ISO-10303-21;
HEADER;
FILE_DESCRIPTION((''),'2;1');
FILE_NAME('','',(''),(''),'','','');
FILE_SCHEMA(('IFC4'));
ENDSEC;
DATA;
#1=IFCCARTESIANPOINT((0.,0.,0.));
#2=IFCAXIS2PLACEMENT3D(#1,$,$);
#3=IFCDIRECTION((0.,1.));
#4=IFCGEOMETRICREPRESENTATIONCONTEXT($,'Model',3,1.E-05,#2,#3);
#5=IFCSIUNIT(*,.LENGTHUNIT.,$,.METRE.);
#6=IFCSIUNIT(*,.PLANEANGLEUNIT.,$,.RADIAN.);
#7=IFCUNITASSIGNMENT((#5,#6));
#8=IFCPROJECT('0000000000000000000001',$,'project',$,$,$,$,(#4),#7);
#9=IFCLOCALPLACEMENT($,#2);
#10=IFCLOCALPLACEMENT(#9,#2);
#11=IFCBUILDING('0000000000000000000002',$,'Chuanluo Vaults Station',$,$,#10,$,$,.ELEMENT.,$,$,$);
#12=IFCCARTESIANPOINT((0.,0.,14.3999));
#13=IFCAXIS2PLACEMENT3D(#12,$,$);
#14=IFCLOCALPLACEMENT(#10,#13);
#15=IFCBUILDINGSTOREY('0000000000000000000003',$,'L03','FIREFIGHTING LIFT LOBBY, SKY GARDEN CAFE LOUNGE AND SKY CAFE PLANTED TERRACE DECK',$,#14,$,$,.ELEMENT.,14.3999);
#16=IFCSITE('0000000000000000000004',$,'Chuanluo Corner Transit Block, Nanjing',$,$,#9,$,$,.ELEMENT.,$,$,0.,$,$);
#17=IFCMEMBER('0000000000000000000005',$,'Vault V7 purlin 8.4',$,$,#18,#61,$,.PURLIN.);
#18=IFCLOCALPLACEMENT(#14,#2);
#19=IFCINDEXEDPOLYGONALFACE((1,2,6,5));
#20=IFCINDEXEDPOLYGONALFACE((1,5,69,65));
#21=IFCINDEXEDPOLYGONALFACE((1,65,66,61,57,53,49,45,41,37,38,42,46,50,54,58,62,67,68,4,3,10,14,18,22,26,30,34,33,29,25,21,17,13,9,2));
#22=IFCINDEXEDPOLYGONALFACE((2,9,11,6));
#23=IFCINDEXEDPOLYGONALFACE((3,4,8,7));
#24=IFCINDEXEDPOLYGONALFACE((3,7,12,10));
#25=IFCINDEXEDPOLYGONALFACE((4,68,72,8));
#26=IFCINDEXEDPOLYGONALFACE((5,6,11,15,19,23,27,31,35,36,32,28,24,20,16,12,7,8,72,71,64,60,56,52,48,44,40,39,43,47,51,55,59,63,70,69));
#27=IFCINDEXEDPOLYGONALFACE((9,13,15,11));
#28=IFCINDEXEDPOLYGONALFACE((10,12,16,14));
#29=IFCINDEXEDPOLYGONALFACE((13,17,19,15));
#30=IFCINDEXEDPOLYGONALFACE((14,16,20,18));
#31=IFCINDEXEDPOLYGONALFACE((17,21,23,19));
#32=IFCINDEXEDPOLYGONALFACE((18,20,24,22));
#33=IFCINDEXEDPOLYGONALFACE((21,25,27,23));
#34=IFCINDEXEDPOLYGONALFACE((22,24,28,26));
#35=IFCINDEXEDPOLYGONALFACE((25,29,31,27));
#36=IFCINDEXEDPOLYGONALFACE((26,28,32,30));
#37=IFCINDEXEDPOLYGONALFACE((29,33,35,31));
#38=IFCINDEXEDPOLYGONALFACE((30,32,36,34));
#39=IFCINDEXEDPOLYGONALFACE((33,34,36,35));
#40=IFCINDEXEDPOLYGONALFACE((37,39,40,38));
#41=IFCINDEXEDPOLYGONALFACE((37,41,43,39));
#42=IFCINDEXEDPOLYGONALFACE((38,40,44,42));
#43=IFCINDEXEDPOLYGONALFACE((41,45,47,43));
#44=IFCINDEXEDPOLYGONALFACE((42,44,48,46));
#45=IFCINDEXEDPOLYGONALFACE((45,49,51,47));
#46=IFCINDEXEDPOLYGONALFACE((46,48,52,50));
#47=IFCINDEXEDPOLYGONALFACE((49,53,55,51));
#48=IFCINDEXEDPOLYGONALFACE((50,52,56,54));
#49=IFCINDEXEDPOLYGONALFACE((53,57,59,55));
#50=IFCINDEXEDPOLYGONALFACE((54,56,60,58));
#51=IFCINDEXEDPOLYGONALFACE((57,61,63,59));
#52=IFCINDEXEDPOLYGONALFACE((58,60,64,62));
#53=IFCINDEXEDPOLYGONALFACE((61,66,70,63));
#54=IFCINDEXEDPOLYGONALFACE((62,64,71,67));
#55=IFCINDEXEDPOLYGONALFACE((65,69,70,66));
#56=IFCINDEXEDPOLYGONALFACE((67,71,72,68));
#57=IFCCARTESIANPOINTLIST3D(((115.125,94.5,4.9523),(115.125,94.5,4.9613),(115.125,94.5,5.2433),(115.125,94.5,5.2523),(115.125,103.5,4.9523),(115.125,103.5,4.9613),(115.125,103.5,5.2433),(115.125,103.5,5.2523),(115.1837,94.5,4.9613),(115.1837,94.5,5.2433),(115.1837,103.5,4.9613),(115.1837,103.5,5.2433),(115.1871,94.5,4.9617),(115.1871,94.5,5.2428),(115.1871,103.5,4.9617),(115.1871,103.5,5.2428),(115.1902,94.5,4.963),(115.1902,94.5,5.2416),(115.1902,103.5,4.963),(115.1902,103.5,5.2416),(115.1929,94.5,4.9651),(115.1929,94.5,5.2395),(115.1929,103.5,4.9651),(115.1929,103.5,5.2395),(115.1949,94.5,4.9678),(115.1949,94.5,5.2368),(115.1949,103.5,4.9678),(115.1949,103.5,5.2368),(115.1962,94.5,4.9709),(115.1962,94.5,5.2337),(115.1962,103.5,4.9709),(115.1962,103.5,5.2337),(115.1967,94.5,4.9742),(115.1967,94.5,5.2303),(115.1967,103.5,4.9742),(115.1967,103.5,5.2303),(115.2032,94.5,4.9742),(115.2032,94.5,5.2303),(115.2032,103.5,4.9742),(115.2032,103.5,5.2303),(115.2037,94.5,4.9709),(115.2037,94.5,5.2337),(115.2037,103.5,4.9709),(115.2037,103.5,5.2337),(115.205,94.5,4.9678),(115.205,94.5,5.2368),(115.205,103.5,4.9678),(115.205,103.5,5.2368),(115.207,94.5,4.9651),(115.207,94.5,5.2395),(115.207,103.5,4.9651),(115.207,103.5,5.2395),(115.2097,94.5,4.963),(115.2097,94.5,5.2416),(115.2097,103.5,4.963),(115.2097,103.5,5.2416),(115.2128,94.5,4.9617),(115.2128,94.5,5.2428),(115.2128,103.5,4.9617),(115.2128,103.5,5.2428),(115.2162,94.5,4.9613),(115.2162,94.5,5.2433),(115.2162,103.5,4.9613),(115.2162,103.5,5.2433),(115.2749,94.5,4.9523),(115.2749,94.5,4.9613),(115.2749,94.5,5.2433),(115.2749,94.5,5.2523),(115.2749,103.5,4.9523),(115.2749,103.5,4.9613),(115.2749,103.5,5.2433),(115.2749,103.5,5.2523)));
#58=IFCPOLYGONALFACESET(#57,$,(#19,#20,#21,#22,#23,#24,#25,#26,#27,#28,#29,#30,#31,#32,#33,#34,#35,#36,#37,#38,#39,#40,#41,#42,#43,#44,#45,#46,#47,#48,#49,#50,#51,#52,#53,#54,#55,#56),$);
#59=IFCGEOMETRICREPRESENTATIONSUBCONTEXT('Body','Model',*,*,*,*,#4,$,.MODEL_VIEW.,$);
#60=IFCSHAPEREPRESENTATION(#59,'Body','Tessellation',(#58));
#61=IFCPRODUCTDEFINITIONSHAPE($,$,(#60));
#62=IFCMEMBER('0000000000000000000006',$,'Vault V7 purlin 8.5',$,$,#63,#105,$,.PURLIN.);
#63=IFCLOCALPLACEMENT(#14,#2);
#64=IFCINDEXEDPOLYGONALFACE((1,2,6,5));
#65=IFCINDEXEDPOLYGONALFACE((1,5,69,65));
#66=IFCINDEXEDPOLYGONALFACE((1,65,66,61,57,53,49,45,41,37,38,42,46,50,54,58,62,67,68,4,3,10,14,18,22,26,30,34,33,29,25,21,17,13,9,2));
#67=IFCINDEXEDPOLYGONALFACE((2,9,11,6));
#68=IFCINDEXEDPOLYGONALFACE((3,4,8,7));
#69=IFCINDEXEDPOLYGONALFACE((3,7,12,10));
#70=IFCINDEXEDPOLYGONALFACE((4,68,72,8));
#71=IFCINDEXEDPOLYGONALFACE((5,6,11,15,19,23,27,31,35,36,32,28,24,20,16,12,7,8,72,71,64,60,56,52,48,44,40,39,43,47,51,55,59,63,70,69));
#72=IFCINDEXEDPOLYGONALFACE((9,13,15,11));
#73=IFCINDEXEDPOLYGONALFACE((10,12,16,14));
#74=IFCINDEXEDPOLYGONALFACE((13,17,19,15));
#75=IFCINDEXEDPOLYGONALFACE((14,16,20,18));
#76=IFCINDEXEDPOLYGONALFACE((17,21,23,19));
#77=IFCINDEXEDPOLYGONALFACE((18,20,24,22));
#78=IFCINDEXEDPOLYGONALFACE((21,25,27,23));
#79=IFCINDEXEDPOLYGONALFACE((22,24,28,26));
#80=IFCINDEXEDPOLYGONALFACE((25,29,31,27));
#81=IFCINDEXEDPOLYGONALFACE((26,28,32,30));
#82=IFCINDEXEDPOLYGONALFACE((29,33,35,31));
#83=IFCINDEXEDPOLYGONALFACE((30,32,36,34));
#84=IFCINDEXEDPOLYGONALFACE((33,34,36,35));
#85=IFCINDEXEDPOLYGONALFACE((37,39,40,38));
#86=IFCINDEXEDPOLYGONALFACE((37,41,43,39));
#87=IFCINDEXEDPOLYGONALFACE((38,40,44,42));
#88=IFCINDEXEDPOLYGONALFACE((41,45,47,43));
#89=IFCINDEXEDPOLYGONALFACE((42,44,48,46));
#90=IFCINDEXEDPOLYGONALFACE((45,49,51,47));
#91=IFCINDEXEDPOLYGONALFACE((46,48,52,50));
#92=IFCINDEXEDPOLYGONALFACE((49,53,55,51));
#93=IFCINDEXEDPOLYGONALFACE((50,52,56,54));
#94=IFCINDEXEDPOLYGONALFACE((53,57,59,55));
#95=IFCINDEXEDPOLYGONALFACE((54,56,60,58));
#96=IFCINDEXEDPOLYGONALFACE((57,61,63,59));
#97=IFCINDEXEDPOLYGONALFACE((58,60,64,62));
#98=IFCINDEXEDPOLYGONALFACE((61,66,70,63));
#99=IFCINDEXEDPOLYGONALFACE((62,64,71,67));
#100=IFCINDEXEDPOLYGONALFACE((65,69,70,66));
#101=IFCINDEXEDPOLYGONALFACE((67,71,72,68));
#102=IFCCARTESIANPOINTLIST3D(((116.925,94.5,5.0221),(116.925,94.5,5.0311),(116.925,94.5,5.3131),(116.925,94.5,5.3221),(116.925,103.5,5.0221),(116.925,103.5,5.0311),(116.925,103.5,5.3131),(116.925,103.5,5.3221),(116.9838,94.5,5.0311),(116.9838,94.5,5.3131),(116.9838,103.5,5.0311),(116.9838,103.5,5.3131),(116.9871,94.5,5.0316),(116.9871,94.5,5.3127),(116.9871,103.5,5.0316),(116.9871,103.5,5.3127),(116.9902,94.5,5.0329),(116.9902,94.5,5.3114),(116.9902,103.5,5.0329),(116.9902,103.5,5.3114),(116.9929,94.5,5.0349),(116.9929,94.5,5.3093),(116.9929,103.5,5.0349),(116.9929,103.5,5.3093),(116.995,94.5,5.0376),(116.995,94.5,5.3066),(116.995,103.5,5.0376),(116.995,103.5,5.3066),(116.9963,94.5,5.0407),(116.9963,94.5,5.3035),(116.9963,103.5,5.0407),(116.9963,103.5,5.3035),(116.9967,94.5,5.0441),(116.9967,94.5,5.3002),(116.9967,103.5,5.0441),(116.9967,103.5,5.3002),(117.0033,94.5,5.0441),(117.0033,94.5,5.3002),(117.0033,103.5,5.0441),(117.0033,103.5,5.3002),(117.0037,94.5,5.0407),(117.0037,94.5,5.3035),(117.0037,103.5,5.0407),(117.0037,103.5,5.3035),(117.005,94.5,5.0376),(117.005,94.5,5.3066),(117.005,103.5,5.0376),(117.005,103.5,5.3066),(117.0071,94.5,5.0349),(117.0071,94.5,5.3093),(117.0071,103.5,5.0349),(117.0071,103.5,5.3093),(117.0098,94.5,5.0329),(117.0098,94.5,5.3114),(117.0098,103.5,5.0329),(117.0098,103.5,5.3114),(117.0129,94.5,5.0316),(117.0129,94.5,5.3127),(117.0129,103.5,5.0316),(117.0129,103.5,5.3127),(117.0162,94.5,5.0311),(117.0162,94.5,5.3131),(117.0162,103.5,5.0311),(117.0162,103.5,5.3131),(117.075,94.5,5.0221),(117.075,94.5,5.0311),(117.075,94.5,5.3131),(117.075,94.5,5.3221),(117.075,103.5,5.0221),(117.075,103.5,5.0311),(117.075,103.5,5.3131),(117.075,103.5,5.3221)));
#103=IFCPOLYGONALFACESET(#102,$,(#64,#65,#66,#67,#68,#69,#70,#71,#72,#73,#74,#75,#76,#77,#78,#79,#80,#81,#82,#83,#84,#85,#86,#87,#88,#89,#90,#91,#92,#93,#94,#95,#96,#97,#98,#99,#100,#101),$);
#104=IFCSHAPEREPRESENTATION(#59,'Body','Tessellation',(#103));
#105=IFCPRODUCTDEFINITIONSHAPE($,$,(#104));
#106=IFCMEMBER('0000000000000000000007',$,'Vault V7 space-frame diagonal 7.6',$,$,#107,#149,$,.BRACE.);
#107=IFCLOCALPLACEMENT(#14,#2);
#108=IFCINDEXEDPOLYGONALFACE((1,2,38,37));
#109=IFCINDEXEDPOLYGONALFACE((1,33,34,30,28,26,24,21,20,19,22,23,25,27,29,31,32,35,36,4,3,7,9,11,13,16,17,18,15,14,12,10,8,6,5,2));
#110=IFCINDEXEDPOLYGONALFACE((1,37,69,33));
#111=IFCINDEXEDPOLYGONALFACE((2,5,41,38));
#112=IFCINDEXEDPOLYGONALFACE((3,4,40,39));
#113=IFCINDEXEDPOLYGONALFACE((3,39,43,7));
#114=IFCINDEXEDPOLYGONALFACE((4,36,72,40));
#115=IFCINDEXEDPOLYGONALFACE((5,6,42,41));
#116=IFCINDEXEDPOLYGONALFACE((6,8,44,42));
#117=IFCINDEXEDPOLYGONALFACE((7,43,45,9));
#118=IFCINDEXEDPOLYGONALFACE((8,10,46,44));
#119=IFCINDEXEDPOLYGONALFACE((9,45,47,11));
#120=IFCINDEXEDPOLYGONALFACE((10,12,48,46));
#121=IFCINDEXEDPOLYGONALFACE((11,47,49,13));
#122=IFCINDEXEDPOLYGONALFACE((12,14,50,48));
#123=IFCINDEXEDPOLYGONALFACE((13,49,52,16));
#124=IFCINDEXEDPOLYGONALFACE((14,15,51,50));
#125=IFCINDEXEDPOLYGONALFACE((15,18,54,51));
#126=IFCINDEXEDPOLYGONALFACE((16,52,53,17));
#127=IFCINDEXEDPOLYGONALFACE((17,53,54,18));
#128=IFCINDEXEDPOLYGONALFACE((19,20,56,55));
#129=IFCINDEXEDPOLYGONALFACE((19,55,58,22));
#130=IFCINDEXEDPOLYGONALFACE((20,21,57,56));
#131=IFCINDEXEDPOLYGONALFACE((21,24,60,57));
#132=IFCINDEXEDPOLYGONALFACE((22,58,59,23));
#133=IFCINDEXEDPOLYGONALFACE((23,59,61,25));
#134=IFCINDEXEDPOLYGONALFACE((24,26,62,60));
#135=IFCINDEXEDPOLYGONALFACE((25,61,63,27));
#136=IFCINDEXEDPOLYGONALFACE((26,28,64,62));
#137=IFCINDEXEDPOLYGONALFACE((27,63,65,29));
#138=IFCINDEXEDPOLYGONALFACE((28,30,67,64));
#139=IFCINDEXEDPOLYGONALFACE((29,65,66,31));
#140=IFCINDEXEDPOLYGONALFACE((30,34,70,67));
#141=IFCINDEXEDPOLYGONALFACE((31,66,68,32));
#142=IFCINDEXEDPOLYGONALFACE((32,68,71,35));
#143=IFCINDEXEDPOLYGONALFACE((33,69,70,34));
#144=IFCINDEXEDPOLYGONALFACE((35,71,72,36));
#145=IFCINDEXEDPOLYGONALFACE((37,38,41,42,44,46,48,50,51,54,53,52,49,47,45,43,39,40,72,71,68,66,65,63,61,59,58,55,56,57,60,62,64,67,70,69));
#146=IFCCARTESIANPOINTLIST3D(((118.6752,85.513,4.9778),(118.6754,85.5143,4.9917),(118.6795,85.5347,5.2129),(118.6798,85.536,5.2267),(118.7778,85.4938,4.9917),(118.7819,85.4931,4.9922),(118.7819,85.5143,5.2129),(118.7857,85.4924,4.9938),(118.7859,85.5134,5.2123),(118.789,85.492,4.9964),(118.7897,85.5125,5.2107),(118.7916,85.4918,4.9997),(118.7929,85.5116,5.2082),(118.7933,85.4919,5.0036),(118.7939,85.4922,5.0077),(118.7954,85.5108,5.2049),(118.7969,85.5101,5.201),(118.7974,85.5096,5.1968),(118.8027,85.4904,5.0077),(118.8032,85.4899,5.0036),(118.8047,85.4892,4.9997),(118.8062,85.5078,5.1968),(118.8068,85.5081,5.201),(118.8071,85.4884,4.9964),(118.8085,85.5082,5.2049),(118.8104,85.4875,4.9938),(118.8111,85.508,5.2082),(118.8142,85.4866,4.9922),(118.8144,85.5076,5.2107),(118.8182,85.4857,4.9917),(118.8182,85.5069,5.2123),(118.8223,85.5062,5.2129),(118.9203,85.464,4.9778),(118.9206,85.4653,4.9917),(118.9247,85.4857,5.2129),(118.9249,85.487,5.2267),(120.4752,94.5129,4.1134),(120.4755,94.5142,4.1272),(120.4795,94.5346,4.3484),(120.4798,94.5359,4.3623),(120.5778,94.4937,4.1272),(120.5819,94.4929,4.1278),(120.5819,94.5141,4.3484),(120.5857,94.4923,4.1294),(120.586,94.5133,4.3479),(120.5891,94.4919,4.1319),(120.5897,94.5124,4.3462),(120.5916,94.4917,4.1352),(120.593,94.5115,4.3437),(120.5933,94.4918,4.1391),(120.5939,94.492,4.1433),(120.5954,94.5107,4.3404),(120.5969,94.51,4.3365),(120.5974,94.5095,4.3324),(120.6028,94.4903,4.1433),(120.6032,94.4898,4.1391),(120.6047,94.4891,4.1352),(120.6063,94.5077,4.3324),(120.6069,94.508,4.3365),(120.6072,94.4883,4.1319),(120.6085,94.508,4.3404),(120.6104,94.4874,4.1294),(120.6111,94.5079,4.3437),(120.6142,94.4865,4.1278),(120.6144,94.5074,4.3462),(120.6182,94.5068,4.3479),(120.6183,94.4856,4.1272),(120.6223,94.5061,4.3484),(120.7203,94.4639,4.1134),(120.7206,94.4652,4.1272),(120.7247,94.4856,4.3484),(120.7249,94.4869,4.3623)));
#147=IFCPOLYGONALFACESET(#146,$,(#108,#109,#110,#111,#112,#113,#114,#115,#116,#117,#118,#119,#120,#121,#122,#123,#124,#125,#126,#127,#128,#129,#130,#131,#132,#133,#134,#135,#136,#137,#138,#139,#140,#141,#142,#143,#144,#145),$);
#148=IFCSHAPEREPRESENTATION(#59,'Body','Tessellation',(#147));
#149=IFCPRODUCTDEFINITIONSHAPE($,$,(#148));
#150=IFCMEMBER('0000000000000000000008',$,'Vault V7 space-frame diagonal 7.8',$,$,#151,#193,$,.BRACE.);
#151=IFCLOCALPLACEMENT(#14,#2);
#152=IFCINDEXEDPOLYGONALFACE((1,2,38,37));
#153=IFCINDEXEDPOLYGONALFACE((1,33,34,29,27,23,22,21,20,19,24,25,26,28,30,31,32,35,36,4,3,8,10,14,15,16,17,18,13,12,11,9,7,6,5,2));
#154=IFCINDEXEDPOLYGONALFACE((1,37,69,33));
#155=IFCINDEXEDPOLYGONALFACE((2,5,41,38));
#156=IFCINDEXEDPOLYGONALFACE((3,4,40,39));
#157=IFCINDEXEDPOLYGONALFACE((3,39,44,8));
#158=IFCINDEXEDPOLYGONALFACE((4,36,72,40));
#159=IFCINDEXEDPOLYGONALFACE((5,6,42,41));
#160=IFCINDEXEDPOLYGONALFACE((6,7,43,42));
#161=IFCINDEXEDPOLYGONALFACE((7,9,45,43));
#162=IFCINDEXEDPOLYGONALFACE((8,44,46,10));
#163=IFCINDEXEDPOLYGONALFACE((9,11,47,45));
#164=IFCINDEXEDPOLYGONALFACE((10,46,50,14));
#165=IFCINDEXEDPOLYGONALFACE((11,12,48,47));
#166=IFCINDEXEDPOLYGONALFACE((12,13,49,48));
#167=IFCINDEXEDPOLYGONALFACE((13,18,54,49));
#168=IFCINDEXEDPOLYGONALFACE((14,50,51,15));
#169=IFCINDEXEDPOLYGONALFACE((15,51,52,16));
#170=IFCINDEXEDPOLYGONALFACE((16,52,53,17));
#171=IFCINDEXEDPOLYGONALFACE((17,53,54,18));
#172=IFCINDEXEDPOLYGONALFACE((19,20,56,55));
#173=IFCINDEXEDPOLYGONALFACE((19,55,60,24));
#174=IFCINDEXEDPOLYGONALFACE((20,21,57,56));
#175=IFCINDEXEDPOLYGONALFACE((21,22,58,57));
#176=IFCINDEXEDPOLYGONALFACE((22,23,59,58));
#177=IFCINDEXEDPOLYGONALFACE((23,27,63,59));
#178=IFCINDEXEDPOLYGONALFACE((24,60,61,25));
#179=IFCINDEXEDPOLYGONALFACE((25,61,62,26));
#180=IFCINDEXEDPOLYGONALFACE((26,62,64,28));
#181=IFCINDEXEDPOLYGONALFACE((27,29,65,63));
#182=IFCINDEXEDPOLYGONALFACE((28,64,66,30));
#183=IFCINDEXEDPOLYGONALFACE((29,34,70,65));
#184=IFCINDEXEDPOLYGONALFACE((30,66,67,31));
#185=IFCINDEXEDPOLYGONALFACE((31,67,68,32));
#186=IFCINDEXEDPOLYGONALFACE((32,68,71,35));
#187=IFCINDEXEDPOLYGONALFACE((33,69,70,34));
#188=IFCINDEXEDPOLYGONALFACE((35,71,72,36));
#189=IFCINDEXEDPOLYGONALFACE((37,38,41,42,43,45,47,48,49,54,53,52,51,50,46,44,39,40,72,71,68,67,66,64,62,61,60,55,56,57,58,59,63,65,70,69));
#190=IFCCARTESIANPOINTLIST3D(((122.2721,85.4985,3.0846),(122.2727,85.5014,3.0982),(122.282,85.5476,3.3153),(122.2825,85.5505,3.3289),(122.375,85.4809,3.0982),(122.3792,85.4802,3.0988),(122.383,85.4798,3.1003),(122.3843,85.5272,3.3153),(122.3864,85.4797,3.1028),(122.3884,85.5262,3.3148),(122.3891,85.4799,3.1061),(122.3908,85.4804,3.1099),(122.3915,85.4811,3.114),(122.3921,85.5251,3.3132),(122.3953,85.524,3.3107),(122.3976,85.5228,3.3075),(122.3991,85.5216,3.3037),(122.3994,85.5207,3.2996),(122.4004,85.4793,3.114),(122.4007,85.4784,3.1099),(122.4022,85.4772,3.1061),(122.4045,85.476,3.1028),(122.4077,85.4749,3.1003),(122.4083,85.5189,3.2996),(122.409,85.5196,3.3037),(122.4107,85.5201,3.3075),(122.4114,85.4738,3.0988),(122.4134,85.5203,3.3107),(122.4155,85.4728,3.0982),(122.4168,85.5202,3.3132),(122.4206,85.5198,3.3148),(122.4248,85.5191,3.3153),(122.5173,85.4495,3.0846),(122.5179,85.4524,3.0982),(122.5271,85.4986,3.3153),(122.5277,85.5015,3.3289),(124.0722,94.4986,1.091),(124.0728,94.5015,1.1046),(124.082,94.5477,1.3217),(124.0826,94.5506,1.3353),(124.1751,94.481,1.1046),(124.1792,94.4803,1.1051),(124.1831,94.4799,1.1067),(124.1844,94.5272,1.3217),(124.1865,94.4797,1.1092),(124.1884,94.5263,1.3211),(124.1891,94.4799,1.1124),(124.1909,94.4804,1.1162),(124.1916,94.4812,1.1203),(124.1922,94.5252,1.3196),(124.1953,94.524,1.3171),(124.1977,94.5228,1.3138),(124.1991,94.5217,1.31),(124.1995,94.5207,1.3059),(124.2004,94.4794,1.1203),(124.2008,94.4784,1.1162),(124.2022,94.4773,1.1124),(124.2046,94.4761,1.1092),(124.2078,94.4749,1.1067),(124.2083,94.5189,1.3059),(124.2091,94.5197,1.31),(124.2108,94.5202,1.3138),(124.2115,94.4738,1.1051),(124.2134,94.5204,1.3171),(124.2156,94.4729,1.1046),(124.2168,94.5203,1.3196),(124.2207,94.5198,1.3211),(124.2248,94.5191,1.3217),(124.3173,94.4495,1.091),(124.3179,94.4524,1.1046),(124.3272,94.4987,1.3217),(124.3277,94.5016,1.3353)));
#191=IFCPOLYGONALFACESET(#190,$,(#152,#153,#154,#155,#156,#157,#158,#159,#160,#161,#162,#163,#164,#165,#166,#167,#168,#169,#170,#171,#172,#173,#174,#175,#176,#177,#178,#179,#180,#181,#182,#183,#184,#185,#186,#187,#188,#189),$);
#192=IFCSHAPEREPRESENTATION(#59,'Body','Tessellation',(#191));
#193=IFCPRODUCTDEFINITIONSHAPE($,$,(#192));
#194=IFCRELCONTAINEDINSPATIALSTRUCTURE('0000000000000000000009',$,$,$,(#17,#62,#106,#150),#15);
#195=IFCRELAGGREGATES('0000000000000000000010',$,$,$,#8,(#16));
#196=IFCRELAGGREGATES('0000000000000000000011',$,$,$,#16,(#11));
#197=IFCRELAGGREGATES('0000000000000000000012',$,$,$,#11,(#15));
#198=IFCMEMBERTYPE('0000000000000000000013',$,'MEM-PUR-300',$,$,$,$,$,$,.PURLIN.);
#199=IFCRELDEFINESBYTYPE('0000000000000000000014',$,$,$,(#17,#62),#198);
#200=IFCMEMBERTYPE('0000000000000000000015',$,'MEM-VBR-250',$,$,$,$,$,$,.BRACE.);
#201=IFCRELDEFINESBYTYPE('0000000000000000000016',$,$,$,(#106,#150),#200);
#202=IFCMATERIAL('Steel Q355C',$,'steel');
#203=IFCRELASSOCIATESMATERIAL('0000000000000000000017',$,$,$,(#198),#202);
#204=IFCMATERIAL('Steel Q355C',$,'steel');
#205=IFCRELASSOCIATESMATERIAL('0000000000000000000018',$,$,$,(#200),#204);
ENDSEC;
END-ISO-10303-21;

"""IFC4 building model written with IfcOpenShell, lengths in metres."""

from ifc_helpers import new_model, si_unit, direction, frame, origin, origin_2d, place, context, subcontext, project, spatial, i_section, extrude, material, material_profile, profile_set, type_object, element, save


model = new_model("IFC4")

# Units and contexts
model_context = context("Model", 3, precision=1e-05, world=origin(), true_north=direction((0.0, 1.0)))
body_context = subcontext(model_context, "Body", "Model", "MODEL_VIEW")
ifc_project = project(units=[si_unit("LENGTHUNIT", "METRE"), si_unit("PLANEANGLEUNIT", "RADIAN")], contexts=[model_context])

# Site, building, storey
site_placement = place(None, origin())
site = spatial("IfcSite", under=ifc_project, at=site_placement, Name="Chuanluo Corner Transit Block, Nanjing", CompositionType="ELEMENT", RefElevation=0.0)
building_placement = place(site_placement, origin())
building = spatial("IfcBuilding", under=site, at=building_placement, Name="Chuanluo Vaults Station", CompositionType="ELEMENT")
storey_placement = place(building_placement, frame((0.0, 0.0, 14.3999)))
storey = spatial("IfcBuildingStorey", under=building, at=storey_placement, Name="L03", Description="FIREFIGHTING LIFT LOBBY, SKY GARDEN CAFE LOUNGE AND SKY CAFE PLANTED TERRACE DECK", CompositionType="ELEMENT", Elevation=14.3999)

# Members
ifc_material_1 = material(Name="Steel Q355C", Category="steel")
ifc_material_profile_1 = material_profile(ifc_material_1, i_section(OverallWidth=0.1499, OverallDepth=0.3, WebThickness=0.0066, FlangeThickness=0.009, FilletRadius=0.0129, at=origin_2d()))
ifc_profile_set_1 = profile_set([ifc_material_profile_1], Name="Steel Q355C")
member_type_1 = type_object("IfcMemberType", Name="MEM-PUR-300", PredefinedType="PURLIN", material=ifc_profile_set_1)
for number, where, z_axis, x_axis, name in (
    (1, (115.2, 94.5, 5.1023), (0.0, 1.0, 0.0), (-1.0, 0.0, 0.0), "Vault V7 purlin 8.4"),
    (2, (117.0, 94.5, 5.1721), (0.0, 1.0, 0.0), (-1.0, 0.0, 0.0), "Vault V7 purlin 8.5"),
):
    element("IfcMember", number, at=place(storey_placement, frame(where, z_axis=z_axis, x_axis=x_axis)), inside=storey, type_object=member_type_1, Name=name, PredefinedType="PURLIN", context=body_context, shape_type="SweptSolid", body=[
        extrude(i_section(OverallWidth=0.1499, OverallDepth=0.3, WebThickness=0.0066, FlangeThickness=0.009, FilletRadius=0.0129, at=origin_2d()), origin(), (0.0, 0.0, 1.0), 9.0),
    ])
ifc_material_2 = material(Name="Steel Q355C", Category="steel")
ifc_material_profile_2 = material_profile(ifc_material_2, i_section(OverallWidth=0.25, OverallDepth=0.25, WebThickness=0.009, FlangeThickness=0.0139, FilletRadius=0.0161, at=origin_2d()))
ifc_profile_set_2 = profile_set([ifc_material_profile_2], Name="Steel Q355C")
member_type_2 = type_object("IfcMemberType", Name="MEM-VBR-250", PredefinedType="BRACE", material=ifc_profile_set_2)
member_1_placement = place(storey_placement, frame((118.8, 85.5, 5.1023), z_axis=(0.195257, 0.976259, -0.093775), x_axis=(-0.98058, 0.196121, 0.0)))
element("IfcMember", 3, at=member_1_placement, inside=storey, type_object=member_type_2, Name="Vault V7 space-frame diagonal 7.6", PredefinedType="BRACE", context=body_context, shape_type="SweptSolid", body=[
    extrude(i_section(OverallWidth=0.25, OverallDepth=0.25, WebThickness=0.009, FlangeThickness=0.0139, FilletRadius=0.0161, at=origin_2d()), origin(), (0.0, 0.0, 1.0), 9.2188),
])
member_2_placement = place(storey_placement, frame((122.3999, 85.5, 3.2068), z_axis=(0.191652, 0.958234, -0.212265), x_axis=(-0.98058, 0.196121, 0.0)))
element("IfcMember", 4, at=member_2_placement, inside=storey, type_object=member_type_2, Name="Vault V7 space-frame diagonal 7.8", PredefinedType="BRACE", context=body_context, shape_type="SweptSolid", body=[
    extrude(i_section(OverallWidth=0.25, OverallDepth=0.25, WebThickness=0.009, FlangeThickness=0.0139, FilletRadius=0.0161, at=origin_2d()), origin(), (0.0, 0.0, 1.0), 9.3923),
])

save(model, "model.ifc")
